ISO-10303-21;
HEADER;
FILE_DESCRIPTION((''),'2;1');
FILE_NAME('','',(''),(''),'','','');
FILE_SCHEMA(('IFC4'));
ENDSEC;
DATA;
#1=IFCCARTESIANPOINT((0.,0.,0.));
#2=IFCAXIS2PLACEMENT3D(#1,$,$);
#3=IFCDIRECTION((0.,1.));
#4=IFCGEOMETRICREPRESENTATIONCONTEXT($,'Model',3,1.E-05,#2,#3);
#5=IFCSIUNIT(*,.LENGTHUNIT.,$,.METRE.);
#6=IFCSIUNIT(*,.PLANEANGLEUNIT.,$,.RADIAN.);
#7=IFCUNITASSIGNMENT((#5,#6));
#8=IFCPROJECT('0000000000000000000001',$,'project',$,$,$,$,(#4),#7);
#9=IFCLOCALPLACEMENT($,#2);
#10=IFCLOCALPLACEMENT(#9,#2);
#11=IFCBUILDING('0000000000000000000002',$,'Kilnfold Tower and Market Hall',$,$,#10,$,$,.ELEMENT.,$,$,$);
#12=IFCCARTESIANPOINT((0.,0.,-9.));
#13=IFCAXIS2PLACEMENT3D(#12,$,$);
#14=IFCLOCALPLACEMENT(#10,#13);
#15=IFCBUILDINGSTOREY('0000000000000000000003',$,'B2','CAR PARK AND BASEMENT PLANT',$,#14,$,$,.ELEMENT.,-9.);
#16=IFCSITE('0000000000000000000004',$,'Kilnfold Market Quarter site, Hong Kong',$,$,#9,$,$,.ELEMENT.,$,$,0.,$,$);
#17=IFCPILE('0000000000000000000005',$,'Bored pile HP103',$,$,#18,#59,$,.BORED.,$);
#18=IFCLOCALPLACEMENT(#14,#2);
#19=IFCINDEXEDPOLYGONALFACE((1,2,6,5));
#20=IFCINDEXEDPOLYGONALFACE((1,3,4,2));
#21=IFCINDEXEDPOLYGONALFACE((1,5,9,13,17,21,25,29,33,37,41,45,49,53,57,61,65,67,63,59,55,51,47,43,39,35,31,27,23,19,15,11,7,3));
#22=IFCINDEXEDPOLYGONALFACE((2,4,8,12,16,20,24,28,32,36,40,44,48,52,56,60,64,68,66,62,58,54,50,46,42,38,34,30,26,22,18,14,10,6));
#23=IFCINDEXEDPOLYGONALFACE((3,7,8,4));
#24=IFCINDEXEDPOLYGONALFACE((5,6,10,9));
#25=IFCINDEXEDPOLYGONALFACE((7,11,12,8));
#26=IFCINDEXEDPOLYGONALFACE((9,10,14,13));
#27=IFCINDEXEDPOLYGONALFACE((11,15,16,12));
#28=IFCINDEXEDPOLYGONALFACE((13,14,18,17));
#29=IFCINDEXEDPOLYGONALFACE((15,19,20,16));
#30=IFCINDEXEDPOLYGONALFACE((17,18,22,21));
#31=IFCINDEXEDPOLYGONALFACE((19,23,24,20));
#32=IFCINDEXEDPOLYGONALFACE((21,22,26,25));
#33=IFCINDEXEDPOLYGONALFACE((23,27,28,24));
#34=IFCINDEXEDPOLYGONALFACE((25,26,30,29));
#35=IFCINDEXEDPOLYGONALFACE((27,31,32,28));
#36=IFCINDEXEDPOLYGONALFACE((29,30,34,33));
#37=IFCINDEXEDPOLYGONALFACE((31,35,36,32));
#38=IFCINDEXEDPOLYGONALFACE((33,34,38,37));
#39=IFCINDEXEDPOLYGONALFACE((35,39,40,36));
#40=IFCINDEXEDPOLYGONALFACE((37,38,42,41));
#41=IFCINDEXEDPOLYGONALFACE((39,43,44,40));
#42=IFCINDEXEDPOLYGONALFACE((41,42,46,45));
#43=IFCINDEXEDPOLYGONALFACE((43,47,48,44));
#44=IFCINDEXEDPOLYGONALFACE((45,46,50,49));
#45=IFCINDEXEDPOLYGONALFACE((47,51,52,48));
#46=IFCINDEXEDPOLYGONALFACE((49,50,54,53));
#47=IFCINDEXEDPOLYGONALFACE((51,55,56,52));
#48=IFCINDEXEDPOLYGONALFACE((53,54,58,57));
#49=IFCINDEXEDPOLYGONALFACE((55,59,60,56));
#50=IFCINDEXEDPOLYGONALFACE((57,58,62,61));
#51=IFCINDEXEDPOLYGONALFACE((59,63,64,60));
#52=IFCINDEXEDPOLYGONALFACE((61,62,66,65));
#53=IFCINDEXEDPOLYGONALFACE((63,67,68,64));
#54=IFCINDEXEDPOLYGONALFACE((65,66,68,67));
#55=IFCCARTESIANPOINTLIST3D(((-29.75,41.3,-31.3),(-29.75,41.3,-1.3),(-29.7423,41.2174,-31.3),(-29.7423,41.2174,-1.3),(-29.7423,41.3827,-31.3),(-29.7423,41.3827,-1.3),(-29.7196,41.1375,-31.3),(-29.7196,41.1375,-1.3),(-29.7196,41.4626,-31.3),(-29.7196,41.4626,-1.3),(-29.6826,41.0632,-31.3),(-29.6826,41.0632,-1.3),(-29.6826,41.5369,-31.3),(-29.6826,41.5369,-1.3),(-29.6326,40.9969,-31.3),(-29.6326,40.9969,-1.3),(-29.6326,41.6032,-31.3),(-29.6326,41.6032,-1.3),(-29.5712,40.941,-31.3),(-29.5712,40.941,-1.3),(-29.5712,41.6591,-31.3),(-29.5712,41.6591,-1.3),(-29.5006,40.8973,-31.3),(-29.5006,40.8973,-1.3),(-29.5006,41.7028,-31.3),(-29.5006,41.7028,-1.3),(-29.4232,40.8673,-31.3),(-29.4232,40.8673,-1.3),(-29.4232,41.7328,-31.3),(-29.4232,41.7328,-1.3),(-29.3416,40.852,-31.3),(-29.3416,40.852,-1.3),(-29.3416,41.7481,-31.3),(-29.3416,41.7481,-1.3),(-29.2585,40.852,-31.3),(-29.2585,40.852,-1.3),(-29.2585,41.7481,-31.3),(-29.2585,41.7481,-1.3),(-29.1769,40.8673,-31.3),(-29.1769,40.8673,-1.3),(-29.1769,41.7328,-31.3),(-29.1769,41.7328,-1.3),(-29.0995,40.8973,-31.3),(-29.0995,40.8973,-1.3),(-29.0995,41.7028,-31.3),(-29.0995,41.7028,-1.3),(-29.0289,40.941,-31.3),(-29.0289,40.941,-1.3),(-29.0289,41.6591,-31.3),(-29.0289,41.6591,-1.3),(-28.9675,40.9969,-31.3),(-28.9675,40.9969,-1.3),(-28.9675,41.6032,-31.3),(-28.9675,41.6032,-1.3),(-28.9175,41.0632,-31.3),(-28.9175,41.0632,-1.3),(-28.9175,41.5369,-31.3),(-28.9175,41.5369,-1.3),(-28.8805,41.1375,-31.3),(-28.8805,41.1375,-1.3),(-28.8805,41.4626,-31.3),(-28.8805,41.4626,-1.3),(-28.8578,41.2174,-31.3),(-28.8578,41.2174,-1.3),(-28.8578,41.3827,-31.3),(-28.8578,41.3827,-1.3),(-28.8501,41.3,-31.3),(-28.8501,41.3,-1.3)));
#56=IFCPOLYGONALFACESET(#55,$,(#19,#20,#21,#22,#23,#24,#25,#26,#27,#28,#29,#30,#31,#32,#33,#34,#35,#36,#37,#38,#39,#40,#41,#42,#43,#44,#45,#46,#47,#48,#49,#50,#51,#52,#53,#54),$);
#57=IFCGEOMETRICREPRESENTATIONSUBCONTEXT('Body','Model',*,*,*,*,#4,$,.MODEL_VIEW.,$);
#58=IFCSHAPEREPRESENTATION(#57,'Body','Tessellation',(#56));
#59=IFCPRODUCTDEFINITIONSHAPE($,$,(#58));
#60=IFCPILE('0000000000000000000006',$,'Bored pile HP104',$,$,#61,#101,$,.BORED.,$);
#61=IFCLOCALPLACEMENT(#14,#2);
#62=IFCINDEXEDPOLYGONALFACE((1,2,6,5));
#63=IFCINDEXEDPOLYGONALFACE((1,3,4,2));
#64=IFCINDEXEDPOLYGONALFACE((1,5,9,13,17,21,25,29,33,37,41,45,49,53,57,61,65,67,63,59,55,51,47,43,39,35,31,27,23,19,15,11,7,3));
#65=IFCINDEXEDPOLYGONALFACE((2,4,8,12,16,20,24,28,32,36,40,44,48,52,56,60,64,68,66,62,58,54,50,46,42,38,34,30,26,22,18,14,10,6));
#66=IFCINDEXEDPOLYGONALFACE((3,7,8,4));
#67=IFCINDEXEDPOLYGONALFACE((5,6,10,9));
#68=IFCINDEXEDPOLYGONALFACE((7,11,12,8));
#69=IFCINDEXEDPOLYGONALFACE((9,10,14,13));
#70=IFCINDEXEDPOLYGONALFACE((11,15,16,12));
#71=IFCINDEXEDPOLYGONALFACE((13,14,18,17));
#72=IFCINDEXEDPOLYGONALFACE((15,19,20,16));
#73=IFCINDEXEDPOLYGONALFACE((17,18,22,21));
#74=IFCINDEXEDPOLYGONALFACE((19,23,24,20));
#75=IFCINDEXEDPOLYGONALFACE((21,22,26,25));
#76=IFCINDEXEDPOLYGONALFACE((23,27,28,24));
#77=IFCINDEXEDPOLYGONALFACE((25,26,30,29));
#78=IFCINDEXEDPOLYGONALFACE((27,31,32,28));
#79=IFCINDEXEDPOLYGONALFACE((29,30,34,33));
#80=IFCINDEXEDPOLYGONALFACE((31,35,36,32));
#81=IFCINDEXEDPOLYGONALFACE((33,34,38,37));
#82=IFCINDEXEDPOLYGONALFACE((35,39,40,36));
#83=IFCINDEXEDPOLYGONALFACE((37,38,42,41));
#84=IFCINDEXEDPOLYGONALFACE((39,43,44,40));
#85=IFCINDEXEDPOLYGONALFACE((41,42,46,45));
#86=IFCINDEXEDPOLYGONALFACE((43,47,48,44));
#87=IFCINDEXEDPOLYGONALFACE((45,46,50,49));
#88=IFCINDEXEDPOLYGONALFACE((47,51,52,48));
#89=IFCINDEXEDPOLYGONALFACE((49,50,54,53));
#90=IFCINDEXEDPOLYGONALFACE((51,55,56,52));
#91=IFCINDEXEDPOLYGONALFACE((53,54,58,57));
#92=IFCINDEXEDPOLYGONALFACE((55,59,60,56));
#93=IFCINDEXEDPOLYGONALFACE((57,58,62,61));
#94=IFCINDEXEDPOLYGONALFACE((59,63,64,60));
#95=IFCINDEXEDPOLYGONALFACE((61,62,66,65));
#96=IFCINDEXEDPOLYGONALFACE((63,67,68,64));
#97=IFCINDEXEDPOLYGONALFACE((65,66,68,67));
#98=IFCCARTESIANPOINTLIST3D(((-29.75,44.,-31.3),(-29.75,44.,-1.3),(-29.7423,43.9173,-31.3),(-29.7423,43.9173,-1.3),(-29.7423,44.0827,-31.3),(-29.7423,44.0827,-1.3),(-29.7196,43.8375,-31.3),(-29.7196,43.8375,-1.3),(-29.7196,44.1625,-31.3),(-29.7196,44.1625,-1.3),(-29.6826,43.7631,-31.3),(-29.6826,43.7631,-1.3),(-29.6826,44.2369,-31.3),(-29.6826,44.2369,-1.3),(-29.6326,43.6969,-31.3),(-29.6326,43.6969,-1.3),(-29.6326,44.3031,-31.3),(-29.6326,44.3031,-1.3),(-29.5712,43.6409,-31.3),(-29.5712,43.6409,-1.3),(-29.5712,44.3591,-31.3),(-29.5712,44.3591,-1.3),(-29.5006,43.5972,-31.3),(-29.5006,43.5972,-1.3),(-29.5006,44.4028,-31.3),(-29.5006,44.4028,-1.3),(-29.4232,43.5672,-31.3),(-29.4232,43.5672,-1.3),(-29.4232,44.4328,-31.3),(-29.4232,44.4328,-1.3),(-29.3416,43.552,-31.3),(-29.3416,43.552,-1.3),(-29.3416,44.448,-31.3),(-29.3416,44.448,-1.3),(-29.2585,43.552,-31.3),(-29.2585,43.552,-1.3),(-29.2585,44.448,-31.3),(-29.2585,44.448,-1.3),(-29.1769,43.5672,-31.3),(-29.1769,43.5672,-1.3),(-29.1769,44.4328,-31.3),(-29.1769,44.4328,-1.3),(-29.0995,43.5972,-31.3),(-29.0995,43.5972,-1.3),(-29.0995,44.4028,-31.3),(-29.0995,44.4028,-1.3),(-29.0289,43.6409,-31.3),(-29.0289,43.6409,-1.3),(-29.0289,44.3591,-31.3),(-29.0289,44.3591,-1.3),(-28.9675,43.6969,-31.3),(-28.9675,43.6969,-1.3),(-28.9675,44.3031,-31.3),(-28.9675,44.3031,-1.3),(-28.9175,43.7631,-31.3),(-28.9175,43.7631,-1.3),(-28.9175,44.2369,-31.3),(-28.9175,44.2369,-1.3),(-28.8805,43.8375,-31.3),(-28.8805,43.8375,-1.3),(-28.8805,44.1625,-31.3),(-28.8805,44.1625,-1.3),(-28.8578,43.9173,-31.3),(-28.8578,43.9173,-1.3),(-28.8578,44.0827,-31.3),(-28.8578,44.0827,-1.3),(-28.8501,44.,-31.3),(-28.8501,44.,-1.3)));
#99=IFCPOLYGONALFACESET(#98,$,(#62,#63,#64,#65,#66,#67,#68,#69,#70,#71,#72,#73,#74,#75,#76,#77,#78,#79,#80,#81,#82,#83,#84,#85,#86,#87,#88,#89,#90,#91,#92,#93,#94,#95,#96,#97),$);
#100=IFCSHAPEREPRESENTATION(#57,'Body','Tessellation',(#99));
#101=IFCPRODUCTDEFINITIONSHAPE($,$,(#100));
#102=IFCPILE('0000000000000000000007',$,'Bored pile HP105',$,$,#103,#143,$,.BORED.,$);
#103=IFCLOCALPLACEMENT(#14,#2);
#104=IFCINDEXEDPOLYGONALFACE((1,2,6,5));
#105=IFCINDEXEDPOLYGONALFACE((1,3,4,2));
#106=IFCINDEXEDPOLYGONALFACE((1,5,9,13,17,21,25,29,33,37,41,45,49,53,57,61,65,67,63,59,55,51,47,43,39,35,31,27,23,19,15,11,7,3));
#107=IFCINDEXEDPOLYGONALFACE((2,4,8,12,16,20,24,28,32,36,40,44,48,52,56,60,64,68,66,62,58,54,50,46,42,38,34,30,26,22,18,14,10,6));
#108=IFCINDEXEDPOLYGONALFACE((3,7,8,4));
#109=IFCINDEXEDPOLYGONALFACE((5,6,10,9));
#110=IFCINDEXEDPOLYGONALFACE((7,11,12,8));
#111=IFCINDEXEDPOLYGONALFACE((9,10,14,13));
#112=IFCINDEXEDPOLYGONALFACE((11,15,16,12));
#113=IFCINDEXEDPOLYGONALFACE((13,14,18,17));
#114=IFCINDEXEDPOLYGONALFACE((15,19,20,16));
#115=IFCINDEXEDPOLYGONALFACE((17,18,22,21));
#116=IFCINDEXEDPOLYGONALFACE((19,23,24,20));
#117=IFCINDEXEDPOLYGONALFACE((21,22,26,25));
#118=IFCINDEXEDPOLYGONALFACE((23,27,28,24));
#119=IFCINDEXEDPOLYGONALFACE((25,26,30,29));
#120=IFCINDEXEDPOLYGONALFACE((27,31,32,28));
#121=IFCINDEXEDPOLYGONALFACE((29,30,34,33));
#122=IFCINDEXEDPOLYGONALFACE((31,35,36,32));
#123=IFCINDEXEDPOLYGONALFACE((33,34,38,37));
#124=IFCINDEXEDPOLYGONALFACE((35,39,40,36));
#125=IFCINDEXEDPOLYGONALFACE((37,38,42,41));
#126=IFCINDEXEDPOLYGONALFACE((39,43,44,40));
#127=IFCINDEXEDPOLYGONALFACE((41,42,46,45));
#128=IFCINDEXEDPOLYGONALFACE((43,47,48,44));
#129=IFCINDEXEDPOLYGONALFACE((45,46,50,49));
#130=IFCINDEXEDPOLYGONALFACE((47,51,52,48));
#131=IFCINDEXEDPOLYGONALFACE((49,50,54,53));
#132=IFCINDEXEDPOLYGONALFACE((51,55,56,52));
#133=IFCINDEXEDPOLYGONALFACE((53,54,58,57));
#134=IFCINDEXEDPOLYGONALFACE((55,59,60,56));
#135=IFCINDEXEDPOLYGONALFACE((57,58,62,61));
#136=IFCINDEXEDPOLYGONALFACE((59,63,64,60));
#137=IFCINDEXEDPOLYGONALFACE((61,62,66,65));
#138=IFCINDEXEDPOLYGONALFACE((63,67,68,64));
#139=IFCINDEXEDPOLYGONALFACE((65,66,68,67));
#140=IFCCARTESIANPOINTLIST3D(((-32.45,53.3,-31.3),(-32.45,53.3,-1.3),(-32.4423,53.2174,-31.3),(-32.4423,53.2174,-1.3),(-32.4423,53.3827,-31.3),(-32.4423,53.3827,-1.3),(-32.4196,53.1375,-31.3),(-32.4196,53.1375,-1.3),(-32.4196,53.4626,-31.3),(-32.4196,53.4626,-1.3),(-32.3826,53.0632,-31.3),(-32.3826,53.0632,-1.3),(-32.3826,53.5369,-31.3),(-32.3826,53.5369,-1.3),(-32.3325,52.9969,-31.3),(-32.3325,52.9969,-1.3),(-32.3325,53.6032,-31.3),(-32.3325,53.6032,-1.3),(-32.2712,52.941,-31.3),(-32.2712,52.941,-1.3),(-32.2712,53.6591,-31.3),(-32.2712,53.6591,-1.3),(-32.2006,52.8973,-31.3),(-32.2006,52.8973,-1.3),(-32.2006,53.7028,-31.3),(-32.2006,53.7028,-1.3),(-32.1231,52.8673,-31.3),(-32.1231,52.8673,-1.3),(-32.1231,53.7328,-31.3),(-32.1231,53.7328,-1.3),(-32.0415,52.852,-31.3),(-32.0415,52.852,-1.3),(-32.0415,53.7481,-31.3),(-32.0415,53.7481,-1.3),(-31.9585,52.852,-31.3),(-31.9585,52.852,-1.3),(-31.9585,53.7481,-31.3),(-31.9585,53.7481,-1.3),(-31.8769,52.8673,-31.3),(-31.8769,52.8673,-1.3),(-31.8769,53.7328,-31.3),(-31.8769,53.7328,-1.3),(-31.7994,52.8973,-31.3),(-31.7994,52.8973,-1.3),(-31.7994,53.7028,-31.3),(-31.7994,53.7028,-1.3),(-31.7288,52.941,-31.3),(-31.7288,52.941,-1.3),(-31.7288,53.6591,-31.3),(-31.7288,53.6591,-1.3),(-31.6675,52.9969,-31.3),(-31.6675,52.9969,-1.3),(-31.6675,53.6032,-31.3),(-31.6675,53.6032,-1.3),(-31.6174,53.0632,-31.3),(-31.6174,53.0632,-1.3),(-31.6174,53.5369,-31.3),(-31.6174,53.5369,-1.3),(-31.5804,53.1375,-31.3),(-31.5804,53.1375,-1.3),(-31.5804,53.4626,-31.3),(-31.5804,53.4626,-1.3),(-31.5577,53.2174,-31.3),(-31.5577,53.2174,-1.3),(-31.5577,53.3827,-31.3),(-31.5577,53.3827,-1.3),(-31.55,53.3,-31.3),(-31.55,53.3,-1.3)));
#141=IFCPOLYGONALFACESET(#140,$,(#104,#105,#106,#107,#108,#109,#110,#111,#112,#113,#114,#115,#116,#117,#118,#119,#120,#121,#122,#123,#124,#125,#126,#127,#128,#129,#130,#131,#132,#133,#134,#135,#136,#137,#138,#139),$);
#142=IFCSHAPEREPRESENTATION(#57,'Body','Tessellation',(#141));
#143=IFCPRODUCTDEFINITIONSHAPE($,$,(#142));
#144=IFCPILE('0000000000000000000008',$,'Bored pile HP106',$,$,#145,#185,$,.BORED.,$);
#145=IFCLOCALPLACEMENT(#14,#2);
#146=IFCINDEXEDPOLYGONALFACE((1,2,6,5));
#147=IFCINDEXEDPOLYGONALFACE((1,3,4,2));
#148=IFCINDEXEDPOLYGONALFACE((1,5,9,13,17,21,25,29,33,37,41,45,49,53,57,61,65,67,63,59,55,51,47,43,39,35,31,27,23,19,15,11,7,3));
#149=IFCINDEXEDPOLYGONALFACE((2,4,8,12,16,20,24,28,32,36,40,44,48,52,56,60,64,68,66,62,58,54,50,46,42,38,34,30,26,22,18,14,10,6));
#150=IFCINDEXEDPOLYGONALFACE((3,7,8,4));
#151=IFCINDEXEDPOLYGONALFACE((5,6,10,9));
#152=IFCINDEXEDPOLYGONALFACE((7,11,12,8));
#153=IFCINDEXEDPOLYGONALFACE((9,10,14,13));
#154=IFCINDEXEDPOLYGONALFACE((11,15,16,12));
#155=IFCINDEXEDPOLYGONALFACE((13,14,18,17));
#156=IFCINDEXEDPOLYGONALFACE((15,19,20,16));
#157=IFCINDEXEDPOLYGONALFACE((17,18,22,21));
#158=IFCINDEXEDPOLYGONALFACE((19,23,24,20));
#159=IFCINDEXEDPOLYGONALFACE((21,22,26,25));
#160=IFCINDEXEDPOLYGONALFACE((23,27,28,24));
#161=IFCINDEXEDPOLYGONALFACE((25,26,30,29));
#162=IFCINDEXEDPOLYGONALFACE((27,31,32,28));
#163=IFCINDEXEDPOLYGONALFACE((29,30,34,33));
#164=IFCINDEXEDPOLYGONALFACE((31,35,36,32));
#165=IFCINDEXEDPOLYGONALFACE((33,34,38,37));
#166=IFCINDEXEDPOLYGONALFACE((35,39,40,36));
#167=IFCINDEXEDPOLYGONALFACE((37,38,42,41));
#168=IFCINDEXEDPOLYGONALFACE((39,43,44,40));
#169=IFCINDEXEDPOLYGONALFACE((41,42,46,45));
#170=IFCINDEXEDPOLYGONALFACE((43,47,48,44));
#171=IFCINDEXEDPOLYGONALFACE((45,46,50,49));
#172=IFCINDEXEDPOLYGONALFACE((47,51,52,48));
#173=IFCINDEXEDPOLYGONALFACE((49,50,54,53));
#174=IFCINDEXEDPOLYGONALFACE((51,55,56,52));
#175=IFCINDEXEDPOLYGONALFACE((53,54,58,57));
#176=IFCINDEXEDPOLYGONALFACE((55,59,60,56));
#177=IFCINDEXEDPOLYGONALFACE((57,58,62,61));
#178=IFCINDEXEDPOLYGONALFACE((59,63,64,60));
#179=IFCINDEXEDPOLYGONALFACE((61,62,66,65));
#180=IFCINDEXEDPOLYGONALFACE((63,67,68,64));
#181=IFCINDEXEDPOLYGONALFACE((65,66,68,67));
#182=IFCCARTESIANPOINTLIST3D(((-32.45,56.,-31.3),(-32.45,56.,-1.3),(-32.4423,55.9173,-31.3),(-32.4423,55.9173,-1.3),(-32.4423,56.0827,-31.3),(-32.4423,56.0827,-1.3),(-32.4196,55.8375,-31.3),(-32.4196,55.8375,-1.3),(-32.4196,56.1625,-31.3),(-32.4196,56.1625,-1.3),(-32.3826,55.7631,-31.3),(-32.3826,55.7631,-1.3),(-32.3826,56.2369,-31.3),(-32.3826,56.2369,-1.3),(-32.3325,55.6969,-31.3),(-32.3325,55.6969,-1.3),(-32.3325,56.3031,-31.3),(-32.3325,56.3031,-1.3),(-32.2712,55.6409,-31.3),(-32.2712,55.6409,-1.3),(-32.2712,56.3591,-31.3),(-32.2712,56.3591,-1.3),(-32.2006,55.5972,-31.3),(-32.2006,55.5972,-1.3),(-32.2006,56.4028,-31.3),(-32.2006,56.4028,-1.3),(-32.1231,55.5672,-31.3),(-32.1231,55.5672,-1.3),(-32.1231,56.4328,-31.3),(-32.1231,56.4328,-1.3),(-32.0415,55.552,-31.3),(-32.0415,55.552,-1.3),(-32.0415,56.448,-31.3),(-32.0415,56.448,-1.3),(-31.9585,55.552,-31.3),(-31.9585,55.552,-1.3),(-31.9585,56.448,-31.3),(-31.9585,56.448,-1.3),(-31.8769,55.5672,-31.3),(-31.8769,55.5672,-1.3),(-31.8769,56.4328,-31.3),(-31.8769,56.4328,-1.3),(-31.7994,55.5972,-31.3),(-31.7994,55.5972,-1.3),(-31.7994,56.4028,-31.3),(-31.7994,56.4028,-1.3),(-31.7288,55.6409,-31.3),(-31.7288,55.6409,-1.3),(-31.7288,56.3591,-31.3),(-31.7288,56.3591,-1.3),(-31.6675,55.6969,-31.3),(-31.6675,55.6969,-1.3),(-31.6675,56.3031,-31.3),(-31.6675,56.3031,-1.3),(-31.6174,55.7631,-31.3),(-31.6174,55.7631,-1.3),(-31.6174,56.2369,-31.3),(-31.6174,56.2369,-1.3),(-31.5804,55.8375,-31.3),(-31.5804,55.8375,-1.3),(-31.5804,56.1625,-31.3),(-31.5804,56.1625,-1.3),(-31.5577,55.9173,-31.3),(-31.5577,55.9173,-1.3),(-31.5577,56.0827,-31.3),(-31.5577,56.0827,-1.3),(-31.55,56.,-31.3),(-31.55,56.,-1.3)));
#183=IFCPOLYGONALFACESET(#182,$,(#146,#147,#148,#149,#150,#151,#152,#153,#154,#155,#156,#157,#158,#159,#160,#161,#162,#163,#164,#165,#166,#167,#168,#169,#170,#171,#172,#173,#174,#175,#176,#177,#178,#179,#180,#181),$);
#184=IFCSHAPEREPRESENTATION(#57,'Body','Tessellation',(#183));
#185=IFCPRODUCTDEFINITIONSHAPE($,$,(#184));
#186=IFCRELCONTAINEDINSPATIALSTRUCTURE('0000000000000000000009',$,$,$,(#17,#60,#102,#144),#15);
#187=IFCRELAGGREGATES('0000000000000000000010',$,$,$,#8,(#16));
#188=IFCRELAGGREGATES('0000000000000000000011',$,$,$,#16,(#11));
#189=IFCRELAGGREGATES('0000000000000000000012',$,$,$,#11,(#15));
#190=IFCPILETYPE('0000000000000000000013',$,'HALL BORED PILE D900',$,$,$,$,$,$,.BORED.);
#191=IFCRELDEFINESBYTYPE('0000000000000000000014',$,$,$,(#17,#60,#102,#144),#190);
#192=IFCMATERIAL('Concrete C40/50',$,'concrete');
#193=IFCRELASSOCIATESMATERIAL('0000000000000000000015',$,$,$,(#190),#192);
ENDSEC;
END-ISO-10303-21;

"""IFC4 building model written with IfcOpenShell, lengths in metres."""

from ifc_helpers import new_model, si_unit, direction, frame, origin, origin_2d, place, context, subcontext, project, spatial, circle, extrude, source, transform, mapped, material, material_profile, profile_set, type_object, element, save


model = new_model("IFC4")

# Units and contexts
model_context = context("Model", 3, precision=1e-05, world=origin(), true_north=direction((0.0, 1.0)))
body_context = subcontext(model_context, "Body", "Model", "MODEL_VIEW")
ifc_project = project(units=[si_unit("LENGTHUNIT", "METRE"), si_unit("PLANEANGLEUNIT", "RADIAN")], contexts=[model_context])

# Site, building, storey
site_placement = place(None, origin())
site = spatial("IfcSite", under=ifc_project, at=site_placement, Name="Kilnfold Market Quarter site, Hong Kong", CompositionType="ELEMENT", RefElevation=0.0)
building_placement = place(site_placement, origin())
building = spatial("IfcBuilding", under=site, at=building_placement, Name="Kilnfold Tower and Market Hall", CompositionType="ELEMENT")
storey_placement = place(building_placement, frame((0.0, 0.0, -9.0)))
storey = spatial("IfcBuildingStorey", under=building, at=storey_placement, Name="B2", Description="CAR PARK AND BASEMENT PLANT", CompositionType="ELEMENT", Elevation=-9.0)

# Piles
ifc_material_1 = material(Name="Concrete C40/50", Category="concrete")
ifc_material_profile_1 = material_profile(ifc_material_1, circle(Radius=0.45, at=origin_2d()), Name="D900")
ifc_profile_set_1 = profile_set([ifc_material_profile_1], Name="Concrete C40/50")
pile_type = type_object("IfcPileType", Name="HALL BORED PILE D900", PredefinedType="BORED", material=ifc_profile_set_1)
shared_shape_1 = source(origin(), body_context, "Body", "SweptSolid", [
    extrude(circle(Radius=0.45, at=origin_2d()), origin(), (0.0, 0.0, 1.0), 30.0),
])
for number, where, z_axis, x_axis, name in (
    (1, (-29.3, 41.3, -1.3), (0.0, 0.0, -1.0), (1.0, 0.0, 0.0), "Bored pile HP103"),
    (2, (-29.3, 44.0, -1.3), (0.0, 0.0, -1.0), (1.0, 0.0, 0.0), "Bored pile HP104"),
    (3, (-32.0, 53.3, -1.3), (0.0, 0.0, -1.0), (1.0, 0.0, 0.0), "Bored pile HP105"),
    (4, (-32.0, 56.0, -1.3), (0.0, 0.0, -1.0), (1.0, 0.0, 0.0), "Bored pile HP106"),
):
    element("IfcPile", number, at=place(storey_placement, frame(where, z_axis=z_axis, x_axis=x_axis)), inside=storey, type_object=pile_type, Name=name, PredefinedType="BORED", context=body_context, shape_type="MappedRepresentation", body=[
        mapped(shared_shape_1, transform((0.0, 0.0, 0.0))),
    ])

save(model, "model.ifc")
